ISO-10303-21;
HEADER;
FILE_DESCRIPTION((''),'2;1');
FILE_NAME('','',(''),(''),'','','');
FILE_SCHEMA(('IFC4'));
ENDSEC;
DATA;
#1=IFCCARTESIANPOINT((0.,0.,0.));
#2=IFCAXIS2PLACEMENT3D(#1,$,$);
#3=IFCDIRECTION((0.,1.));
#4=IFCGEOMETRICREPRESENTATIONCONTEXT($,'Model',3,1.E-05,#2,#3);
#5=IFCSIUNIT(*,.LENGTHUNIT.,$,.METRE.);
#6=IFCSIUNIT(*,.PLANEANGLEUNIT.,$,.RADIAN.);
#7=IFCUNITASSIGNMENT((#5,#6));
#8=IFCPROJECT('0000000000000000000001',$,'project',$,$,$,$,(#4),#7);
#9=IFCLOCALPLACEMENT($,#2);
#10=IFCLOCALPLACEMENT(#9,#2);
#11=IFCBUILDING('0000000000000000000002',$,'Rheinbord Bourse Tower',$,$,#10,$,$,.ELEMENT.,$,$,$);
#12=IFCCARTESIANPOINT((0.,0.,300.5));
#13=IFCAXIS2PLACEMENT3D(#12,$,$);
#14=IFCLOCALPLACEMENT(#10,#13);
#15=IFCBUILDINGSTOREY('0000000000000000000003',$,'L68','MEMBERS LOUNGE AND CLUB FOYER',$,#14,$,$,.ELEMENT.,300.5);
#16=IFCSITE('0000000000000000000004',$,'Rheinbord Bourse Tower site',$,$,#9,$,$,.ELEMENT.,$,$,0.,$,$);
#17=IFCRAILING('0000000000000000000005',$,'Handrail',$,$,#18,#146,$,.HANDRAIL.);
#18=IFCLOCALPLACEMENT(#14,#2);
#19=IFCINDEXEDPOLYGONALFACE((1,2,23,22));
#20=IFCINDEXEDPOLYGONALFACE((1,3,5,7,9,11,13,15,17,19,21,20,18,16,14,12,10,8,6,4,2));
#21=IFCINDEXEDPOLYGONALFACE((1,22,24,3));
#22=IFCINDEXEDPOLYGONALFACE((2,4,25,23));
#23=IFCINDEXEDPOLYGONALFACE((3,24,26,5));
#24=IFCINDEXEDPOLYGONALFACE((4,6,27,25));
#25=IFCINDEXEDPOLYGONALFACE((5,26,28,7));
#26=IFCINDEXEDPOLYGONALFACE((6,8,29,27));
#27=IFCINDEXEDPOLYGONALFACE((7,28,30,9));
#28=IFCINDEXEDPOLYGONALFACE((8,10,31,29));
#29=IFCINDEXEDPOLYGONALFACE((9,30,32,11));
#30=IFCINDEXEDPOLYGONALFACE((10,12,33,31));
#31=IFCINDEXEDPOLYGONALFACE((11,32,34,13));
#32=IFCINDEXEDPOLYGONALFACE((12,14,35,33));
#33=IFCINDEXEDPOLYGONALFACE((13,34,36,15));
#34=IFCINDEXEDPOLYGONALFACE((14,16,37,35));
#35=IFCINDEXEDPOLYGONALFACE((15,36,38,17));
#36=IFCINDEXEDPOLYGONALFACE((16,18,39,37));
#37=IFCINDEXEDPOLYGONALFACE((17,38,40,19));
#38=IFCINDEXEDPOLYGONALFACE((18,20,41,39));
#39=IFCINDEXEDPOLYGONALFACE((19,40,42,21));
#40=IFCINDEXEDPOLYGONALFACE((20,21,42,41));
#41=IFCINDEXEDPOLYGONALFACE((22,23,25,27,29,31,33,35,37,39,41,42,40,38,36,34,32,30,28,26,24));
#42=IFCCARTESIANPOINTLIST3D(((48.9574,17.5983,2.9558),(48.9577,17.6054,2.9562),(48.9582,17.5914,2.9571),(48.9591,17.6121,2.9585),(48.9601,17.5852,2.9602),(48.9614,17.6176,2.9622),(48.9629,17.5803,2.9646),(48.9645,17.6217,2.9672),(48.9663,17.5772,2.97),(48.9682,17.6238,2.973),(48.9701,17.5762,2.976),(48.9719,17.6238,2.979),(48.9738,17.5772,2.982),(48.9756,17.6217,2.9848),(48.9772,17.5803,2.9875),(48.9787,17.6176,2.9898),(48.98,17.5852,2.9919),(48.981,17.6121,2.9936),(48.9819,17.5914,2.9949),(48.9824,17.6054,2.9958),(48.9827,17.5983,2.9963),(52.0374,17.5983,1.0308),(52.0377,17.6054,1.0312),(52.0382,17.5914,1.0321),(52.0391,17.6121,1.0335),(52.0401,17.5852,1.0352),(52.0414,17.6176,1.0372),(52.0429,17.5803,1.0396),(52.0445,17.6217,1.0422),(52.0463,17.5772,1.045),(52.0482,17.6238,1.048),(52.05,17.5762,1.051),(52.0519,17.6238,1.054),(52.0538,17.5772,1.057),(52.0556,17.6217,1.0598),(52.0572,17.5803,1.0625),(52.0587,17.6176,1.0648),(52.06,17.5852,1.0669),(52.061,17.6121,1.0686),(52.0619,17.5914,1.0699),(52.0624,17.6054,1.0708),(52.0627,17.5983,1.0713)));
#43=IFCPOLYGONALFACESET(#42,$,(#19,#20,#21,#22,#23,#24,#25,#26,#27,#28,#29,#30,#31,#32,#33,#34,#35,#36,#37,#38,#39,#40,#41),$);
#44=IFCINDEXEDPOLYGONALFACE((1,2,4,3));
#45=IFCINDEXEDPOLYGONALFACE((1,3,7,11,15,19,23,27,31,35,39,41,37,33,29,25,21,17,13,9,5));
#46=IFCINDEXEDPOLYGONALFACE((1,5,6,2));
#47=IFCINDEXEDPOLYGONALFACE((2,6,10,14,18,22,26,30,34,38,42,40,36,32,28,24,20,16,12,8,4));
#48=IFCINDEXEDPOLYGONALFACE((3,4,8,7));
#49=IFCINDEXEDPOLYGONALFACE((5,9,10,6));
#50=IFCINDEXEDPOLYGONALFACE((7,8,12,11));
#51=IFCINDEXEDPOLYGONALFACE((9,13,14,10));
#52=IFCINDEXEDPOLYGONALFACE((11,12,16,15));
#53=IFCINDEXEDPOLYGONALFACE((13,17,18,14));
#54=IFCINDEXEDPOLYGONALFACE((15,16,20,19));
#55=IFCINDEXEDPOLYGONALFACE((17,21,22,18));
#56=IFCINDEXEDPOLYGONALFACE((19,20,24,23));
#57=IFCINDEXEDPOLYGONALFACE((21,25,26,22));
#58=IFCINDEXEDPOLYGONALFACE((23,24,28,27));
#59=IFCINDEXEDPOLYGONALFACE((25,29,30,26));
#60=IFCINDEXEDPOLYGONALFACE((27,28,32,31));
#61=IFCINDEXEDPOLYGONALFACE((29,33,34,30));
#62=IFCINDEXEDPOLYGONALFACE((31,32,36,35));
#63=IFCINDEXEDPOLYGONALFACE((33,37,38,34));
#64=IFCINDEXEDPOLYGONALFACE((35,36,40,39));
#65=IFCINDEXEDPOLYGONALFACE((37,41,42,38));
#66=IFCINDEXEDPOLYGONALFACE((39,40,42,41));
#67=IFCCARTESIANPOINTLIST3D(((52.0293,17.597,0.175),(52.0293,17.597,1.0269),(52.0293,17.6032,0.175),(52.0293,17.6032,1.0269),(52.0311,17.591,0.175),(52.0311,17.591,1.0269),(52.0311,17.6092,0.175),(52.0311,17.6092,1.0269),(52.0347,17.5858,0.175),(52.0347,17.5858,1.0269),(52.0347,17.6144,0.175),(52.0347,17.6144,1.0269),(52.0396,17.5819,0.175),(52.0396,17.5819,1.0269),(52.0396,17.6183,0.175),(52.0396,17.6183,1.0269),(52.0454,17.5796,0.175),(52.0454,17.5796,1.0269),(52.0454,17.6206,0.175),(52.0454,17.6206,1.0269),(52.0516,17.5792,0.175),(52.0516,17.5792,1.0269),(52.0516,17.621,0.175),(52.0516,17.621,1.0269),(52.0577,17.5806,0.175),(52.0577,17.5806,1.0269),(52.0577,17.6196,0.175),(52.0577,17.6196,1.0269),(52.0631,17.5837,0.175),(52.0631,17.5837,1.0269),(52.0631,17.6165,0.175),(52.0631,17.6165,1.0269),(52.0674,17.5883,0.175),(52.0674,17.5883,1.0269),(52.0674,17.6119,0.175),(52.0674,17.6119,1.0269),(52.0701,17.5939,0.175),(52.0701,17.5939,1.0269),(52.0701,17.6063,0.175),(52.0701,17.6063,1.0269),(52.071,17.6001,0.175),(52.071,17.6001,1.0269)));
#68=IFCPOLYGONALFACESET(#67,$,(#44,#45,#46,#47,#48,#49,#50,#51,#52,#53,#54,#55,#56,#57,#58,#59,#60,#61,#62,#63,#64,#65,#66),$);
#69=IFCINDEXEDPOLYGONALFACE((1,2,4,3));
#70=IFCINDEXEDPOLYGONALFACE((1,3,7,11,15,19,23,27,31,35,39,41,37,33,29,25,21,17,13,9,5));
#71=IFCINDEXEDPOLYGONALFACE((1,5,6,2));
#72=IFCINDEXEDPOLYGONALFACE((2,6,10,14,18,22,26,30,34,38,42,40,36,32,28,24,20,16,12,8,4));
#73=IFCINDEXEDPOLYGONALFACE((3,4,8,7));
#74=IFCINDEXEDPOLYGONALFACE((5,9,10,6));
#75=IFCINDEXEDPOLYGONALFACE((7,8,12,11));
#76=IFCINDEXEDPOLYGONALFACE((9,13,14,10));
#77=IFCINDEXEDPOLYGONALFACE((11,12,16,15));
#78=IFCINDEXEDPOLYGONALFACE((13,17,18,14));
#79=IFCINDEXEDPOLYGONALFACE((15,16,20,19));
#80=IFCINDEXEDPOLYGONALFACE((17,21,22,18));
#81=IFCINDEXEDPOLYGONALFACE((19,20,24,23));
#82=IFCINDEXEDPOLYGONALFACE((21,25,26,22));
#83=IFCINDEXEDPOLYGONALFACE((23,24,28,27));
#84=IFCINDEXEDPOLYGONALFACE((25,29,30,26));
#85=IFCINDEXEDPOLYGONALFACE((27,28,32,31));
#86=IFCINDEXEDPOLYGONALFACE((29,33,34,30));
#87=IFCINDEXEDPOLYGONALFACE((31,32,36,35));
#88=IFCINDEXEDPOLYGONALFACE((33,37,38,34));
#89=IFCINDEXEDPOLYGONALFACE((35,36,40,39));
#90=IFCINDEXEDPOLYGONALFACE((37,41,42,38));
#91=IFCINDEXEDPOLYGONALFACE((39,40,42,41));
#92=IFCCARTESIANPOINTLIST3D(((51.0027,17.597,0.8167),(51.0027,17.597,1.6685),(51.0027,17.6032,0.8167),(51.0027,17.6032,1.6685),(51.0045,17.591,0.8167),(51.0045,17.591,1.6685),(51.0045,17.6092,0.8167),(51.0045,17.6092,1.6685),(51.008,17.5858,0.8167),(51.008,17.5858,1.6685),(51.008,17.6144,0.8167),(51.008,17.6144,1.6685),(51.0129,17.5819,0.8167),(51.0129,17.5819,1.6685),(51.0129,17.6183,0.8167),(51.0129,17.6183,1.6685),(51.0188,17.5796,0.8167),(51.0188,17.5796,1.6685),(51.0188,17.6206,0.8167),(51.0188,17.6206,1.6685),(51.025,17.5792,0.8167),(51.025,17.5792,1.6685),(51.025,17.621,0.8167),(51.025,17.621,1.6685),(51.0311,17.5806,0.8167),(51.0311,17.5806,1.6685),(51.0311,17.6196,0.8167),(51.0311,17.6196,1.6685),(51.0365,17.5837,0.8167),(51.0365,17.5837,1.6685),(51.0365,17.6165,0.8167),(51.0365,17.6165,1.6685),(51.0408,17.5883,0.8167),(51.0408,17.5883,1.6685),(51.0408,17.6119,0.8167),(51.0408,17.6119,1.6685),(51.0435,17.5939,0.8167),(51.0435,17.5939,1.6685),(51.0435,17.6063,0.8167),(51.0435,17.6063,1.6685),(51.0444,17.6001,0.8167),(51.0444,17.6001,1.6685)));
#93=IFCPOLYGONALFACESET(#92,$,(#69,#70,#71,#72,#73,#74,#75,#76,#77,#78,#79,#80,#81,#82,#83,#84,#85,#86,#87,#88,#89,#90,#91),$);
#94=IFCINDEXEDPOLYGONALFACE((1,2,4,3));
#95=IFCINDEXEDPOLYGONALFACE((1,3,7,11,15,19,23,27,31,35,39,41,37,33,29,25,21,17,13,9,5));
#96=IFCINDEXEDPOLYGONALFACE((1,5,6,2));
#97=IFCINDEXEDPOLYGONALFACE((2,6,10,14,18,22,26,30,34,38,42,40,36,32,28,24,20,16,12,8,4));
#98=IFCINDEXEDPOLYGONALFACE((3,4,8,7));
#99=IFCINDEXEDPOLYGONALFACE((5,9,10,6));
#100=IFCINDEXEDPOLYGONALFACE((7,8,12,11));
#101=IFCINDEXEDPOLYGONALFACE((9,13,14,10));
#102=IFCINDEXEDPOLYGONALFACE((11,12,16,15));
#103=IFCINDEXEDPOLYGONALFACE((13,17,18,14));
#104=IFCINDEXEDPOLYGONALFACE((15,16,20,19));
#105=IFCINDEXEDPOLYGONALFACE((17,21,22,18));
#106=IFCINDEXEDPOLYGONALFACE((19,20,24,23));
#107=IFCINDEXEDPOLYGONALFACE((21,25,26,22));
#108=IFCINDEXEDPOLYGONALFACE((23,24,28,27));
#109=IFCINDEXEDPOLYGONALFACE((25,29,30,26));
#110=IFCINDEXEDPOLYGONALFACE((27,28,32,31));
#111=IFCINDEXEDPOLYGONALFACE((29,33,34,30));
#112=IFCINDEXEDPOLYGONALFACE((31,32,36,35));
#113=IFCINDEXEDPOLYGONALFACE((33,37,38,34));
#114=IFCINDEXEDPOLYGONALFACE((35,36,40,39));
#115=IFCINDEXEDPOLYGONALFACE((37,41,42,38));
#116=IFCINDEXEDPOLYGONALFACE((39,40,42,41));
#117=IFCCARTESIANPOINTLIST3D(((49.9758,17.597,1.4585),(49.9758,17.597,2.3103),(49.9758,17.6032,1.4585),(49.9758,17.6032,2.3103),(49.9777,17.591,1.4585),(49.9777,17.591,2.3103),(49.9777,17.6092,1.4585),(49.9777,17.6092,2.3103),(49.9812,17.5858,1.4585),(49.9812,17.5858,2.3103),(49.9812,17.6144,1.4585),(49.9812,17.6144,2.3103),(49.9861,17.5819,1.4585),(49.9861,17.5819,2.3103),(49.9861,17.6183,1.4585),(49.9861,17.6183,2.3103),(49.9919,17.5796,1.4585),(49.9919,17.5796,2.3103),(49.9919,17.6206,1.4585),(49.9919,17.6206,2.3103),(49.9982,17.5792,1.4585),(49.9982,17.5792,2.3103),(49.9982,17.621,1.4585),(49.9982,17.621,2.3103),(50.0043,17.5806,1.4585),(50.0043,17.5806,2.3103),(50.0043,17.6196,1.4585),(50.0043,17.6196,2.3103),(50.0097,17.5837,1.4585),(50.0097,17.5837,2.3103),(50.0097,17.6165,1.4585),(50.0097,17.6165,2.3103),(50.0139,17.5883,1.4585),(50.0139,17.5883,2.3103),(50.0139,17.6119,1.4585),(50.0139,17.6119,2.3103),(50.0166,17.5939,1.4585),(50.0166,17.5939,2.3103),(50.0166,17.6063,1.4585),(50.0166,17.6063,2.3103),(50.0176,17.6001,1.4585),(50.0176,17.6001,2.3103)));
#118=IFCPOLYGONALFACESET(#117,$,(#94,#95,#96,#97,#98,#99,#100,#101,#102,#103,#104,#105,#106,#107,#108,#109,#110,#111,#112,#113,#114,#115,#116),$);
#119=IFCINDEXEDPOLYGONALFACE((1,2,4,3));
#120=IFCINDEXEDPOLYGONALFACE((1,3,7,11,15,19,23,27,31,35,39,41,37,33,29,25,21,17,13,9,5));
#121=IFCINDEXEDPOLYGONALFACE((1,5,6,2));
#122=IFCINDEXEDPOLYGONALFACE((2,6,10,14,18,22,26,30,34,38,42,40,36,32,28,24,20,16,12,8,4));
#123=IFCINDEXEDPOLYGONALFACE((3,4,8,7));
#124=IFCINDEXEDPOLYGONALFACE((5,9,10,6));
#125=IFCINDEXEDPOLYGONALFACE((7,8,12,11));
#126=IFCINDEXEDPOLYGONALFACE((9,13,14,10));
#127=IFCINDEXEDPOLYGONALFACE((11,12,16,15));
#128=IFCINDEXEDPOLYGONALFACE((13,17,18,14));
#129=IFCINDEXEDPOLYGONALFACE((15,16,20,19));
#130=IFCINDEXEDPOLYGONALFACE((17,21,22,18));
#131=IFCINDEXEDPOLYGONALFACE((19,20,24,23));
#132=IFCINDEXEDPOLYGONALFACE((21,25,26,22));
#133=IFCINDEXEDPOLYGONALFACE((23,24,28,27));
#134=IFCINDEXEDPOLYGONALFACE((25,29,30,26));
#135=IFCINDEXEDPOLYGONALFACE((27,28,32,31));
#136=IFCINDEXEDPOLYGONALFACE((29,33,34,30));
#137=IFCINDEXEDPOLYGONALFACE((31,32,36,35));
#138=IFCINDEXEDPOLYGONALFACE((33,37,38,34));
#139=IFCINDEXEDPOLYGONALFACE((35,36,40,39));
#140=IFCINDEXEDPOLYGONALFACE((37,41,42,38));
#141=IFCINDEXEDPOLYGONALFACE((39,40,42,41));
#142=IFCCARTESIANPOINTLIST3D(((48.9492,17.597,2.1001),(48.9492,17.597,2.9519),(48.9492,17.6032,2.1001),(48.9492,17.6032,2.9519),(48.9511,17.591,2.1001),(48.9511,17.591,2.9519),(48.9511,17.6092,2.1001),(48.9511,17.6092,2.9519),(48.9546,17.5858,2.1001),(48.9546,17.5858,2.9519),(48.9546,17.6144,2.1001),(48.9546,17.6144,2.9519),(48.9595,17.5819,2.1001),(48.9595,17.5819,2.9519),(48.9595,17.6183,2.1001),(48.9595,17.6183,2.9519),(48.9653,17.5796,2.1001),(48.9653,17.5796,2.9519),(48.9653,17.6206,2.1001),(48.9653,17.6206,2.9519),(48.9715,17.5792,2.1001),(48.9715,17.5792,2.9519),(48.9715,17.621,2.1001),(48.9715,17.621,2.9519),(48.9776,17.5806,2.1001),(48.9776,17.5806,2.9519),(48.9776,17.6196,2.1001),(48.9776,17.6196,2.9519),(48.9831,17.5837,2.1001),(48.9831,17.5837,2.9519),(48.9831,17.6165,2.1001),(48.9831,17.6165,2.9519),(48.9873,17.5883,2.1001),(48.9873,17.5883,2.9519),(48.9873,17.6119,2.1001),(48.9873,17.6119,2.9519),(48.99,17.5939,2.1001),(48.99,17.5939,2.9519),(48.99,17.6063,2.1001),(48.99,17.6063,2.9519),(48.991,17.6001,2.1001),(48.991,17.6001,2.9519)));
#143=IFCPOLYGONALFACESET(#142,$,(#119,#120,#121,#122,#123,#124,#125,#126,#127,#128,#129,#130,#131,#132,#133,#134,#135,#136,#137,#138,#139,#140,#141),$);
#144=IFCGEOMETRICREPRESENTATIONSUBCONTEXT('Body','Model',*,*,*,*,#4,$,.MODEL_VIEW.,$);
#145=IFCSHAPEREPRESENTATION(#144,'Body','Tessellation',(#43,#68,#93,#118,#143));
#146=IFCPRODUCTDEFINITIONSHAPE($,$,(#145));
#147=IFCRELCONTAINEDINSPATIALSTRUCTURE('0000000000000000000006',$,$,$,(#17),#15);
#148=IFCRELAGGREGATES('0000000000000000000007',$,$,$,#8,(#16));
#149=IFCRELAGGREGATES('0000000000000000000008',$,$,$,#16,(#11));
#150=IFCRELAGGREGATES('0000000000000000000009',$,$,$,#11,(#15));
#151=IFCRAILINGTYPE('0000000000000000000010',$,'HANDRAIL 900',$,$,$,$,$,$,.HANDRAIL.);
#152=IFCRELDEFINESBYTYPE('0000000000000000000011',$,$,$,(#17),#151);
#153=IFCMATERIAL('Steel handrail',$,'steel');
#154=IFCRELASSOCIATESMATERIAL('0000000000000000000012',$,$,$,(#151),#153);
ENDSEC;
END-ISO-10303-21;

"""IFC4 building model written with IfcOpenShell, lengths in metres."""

from ifc_helpers import new_model, si_unit, direction, frame, origin, origin_2d, place, context, subcontext, project, spatial, circle, extrude, material, type_object, element, save


model = new_model("IFC4")

# Units and contexts
model_context = context("Model", 3, precision=1e-05, world=origin(), true_north=direction((0.0, 1.0)))
body_context = subcontext(model_context, "Body", "Model", "MODEL_VIEW")
ifc_project = project(units=[si_unit("LENGTHUNIT", "METRE"), si_unit("PLANEANGLEUNIT", "RADIAN")], contexts=[model_context])

# Site, building, storey
site_placement = place(None, origin())
site = spatial("IfcSite", under=ifc_project, at=site_placement, Name="Rheinbord Bourse Tower site", CompositionType="ELEMENT", RefElevation=0.0)
building_placement = place(site_placement, origin())
building = spatial("IfcBuilding", under=site, at=building_placement, Name="Rheinbord Bourse Tower", CompositionType="ELEMENT")
storey_placement = place(building_placement, frame((0.0, 0.0, 300.5)))
storey = spatial("IfcBuildingStorey", under=building, at=storey_placement, Name="L68", Description="MEMBERS LOUNGE AND CLUB FOYER", CompositionType="ELEMENT", Elevation=300.5)

# Railing
ifc_material_1 = material(Name="Steel handrail", Category="steel")
railing_type = type_object("IfcRailingType", Name="HANDRAIL 900", PredefinedType="HANDRAIL", material=ifc_material_1)
railing_1_placement = place(storey_placement, frame((52.05, 17.6001, 0.175)))
element("IfcRailing", 1, at=railing_1_placement, inside=storey, type_object=railing_type, Name="Handrail", PredefinedType="HANDRAIL", context=body_context, shape_type="SweptSolid", body=[
    extrude(circle(Radius=0.0239, at=origin_2d()), frame((0.0, 0.0, 0.876), z_axis=(-0.847998, 0.0, 0.529999), x_axis=(0.0, -1.0, 0.0)), (0.0, 0.0, 1.0), 3.6321),
    extrude(circle(Radius=0.021, at=origin_2d()), origin(), (0.0, 0.0, 1.0), 0.8518),
    extrude(circle(Radius=0.021, at=origin_2d()), frame((-1.0266, 0.0, 0.6416)), (0.0, 0.0, 1.0), 0.8518),
    extrude(circle(Radius=0.021, at=origin_2d()), frame((-2.0535, 0.0, 1.2834)), (0.0, 0.0, 1.0), 0.8518),
    extrude(circle(Radius=0.021, at=origin_2d()), frame((-3.0801, 0.0, 1.925)), (0.0, 0.0, 1.0), 0.8518),
])

save(model, "model.ifc")
